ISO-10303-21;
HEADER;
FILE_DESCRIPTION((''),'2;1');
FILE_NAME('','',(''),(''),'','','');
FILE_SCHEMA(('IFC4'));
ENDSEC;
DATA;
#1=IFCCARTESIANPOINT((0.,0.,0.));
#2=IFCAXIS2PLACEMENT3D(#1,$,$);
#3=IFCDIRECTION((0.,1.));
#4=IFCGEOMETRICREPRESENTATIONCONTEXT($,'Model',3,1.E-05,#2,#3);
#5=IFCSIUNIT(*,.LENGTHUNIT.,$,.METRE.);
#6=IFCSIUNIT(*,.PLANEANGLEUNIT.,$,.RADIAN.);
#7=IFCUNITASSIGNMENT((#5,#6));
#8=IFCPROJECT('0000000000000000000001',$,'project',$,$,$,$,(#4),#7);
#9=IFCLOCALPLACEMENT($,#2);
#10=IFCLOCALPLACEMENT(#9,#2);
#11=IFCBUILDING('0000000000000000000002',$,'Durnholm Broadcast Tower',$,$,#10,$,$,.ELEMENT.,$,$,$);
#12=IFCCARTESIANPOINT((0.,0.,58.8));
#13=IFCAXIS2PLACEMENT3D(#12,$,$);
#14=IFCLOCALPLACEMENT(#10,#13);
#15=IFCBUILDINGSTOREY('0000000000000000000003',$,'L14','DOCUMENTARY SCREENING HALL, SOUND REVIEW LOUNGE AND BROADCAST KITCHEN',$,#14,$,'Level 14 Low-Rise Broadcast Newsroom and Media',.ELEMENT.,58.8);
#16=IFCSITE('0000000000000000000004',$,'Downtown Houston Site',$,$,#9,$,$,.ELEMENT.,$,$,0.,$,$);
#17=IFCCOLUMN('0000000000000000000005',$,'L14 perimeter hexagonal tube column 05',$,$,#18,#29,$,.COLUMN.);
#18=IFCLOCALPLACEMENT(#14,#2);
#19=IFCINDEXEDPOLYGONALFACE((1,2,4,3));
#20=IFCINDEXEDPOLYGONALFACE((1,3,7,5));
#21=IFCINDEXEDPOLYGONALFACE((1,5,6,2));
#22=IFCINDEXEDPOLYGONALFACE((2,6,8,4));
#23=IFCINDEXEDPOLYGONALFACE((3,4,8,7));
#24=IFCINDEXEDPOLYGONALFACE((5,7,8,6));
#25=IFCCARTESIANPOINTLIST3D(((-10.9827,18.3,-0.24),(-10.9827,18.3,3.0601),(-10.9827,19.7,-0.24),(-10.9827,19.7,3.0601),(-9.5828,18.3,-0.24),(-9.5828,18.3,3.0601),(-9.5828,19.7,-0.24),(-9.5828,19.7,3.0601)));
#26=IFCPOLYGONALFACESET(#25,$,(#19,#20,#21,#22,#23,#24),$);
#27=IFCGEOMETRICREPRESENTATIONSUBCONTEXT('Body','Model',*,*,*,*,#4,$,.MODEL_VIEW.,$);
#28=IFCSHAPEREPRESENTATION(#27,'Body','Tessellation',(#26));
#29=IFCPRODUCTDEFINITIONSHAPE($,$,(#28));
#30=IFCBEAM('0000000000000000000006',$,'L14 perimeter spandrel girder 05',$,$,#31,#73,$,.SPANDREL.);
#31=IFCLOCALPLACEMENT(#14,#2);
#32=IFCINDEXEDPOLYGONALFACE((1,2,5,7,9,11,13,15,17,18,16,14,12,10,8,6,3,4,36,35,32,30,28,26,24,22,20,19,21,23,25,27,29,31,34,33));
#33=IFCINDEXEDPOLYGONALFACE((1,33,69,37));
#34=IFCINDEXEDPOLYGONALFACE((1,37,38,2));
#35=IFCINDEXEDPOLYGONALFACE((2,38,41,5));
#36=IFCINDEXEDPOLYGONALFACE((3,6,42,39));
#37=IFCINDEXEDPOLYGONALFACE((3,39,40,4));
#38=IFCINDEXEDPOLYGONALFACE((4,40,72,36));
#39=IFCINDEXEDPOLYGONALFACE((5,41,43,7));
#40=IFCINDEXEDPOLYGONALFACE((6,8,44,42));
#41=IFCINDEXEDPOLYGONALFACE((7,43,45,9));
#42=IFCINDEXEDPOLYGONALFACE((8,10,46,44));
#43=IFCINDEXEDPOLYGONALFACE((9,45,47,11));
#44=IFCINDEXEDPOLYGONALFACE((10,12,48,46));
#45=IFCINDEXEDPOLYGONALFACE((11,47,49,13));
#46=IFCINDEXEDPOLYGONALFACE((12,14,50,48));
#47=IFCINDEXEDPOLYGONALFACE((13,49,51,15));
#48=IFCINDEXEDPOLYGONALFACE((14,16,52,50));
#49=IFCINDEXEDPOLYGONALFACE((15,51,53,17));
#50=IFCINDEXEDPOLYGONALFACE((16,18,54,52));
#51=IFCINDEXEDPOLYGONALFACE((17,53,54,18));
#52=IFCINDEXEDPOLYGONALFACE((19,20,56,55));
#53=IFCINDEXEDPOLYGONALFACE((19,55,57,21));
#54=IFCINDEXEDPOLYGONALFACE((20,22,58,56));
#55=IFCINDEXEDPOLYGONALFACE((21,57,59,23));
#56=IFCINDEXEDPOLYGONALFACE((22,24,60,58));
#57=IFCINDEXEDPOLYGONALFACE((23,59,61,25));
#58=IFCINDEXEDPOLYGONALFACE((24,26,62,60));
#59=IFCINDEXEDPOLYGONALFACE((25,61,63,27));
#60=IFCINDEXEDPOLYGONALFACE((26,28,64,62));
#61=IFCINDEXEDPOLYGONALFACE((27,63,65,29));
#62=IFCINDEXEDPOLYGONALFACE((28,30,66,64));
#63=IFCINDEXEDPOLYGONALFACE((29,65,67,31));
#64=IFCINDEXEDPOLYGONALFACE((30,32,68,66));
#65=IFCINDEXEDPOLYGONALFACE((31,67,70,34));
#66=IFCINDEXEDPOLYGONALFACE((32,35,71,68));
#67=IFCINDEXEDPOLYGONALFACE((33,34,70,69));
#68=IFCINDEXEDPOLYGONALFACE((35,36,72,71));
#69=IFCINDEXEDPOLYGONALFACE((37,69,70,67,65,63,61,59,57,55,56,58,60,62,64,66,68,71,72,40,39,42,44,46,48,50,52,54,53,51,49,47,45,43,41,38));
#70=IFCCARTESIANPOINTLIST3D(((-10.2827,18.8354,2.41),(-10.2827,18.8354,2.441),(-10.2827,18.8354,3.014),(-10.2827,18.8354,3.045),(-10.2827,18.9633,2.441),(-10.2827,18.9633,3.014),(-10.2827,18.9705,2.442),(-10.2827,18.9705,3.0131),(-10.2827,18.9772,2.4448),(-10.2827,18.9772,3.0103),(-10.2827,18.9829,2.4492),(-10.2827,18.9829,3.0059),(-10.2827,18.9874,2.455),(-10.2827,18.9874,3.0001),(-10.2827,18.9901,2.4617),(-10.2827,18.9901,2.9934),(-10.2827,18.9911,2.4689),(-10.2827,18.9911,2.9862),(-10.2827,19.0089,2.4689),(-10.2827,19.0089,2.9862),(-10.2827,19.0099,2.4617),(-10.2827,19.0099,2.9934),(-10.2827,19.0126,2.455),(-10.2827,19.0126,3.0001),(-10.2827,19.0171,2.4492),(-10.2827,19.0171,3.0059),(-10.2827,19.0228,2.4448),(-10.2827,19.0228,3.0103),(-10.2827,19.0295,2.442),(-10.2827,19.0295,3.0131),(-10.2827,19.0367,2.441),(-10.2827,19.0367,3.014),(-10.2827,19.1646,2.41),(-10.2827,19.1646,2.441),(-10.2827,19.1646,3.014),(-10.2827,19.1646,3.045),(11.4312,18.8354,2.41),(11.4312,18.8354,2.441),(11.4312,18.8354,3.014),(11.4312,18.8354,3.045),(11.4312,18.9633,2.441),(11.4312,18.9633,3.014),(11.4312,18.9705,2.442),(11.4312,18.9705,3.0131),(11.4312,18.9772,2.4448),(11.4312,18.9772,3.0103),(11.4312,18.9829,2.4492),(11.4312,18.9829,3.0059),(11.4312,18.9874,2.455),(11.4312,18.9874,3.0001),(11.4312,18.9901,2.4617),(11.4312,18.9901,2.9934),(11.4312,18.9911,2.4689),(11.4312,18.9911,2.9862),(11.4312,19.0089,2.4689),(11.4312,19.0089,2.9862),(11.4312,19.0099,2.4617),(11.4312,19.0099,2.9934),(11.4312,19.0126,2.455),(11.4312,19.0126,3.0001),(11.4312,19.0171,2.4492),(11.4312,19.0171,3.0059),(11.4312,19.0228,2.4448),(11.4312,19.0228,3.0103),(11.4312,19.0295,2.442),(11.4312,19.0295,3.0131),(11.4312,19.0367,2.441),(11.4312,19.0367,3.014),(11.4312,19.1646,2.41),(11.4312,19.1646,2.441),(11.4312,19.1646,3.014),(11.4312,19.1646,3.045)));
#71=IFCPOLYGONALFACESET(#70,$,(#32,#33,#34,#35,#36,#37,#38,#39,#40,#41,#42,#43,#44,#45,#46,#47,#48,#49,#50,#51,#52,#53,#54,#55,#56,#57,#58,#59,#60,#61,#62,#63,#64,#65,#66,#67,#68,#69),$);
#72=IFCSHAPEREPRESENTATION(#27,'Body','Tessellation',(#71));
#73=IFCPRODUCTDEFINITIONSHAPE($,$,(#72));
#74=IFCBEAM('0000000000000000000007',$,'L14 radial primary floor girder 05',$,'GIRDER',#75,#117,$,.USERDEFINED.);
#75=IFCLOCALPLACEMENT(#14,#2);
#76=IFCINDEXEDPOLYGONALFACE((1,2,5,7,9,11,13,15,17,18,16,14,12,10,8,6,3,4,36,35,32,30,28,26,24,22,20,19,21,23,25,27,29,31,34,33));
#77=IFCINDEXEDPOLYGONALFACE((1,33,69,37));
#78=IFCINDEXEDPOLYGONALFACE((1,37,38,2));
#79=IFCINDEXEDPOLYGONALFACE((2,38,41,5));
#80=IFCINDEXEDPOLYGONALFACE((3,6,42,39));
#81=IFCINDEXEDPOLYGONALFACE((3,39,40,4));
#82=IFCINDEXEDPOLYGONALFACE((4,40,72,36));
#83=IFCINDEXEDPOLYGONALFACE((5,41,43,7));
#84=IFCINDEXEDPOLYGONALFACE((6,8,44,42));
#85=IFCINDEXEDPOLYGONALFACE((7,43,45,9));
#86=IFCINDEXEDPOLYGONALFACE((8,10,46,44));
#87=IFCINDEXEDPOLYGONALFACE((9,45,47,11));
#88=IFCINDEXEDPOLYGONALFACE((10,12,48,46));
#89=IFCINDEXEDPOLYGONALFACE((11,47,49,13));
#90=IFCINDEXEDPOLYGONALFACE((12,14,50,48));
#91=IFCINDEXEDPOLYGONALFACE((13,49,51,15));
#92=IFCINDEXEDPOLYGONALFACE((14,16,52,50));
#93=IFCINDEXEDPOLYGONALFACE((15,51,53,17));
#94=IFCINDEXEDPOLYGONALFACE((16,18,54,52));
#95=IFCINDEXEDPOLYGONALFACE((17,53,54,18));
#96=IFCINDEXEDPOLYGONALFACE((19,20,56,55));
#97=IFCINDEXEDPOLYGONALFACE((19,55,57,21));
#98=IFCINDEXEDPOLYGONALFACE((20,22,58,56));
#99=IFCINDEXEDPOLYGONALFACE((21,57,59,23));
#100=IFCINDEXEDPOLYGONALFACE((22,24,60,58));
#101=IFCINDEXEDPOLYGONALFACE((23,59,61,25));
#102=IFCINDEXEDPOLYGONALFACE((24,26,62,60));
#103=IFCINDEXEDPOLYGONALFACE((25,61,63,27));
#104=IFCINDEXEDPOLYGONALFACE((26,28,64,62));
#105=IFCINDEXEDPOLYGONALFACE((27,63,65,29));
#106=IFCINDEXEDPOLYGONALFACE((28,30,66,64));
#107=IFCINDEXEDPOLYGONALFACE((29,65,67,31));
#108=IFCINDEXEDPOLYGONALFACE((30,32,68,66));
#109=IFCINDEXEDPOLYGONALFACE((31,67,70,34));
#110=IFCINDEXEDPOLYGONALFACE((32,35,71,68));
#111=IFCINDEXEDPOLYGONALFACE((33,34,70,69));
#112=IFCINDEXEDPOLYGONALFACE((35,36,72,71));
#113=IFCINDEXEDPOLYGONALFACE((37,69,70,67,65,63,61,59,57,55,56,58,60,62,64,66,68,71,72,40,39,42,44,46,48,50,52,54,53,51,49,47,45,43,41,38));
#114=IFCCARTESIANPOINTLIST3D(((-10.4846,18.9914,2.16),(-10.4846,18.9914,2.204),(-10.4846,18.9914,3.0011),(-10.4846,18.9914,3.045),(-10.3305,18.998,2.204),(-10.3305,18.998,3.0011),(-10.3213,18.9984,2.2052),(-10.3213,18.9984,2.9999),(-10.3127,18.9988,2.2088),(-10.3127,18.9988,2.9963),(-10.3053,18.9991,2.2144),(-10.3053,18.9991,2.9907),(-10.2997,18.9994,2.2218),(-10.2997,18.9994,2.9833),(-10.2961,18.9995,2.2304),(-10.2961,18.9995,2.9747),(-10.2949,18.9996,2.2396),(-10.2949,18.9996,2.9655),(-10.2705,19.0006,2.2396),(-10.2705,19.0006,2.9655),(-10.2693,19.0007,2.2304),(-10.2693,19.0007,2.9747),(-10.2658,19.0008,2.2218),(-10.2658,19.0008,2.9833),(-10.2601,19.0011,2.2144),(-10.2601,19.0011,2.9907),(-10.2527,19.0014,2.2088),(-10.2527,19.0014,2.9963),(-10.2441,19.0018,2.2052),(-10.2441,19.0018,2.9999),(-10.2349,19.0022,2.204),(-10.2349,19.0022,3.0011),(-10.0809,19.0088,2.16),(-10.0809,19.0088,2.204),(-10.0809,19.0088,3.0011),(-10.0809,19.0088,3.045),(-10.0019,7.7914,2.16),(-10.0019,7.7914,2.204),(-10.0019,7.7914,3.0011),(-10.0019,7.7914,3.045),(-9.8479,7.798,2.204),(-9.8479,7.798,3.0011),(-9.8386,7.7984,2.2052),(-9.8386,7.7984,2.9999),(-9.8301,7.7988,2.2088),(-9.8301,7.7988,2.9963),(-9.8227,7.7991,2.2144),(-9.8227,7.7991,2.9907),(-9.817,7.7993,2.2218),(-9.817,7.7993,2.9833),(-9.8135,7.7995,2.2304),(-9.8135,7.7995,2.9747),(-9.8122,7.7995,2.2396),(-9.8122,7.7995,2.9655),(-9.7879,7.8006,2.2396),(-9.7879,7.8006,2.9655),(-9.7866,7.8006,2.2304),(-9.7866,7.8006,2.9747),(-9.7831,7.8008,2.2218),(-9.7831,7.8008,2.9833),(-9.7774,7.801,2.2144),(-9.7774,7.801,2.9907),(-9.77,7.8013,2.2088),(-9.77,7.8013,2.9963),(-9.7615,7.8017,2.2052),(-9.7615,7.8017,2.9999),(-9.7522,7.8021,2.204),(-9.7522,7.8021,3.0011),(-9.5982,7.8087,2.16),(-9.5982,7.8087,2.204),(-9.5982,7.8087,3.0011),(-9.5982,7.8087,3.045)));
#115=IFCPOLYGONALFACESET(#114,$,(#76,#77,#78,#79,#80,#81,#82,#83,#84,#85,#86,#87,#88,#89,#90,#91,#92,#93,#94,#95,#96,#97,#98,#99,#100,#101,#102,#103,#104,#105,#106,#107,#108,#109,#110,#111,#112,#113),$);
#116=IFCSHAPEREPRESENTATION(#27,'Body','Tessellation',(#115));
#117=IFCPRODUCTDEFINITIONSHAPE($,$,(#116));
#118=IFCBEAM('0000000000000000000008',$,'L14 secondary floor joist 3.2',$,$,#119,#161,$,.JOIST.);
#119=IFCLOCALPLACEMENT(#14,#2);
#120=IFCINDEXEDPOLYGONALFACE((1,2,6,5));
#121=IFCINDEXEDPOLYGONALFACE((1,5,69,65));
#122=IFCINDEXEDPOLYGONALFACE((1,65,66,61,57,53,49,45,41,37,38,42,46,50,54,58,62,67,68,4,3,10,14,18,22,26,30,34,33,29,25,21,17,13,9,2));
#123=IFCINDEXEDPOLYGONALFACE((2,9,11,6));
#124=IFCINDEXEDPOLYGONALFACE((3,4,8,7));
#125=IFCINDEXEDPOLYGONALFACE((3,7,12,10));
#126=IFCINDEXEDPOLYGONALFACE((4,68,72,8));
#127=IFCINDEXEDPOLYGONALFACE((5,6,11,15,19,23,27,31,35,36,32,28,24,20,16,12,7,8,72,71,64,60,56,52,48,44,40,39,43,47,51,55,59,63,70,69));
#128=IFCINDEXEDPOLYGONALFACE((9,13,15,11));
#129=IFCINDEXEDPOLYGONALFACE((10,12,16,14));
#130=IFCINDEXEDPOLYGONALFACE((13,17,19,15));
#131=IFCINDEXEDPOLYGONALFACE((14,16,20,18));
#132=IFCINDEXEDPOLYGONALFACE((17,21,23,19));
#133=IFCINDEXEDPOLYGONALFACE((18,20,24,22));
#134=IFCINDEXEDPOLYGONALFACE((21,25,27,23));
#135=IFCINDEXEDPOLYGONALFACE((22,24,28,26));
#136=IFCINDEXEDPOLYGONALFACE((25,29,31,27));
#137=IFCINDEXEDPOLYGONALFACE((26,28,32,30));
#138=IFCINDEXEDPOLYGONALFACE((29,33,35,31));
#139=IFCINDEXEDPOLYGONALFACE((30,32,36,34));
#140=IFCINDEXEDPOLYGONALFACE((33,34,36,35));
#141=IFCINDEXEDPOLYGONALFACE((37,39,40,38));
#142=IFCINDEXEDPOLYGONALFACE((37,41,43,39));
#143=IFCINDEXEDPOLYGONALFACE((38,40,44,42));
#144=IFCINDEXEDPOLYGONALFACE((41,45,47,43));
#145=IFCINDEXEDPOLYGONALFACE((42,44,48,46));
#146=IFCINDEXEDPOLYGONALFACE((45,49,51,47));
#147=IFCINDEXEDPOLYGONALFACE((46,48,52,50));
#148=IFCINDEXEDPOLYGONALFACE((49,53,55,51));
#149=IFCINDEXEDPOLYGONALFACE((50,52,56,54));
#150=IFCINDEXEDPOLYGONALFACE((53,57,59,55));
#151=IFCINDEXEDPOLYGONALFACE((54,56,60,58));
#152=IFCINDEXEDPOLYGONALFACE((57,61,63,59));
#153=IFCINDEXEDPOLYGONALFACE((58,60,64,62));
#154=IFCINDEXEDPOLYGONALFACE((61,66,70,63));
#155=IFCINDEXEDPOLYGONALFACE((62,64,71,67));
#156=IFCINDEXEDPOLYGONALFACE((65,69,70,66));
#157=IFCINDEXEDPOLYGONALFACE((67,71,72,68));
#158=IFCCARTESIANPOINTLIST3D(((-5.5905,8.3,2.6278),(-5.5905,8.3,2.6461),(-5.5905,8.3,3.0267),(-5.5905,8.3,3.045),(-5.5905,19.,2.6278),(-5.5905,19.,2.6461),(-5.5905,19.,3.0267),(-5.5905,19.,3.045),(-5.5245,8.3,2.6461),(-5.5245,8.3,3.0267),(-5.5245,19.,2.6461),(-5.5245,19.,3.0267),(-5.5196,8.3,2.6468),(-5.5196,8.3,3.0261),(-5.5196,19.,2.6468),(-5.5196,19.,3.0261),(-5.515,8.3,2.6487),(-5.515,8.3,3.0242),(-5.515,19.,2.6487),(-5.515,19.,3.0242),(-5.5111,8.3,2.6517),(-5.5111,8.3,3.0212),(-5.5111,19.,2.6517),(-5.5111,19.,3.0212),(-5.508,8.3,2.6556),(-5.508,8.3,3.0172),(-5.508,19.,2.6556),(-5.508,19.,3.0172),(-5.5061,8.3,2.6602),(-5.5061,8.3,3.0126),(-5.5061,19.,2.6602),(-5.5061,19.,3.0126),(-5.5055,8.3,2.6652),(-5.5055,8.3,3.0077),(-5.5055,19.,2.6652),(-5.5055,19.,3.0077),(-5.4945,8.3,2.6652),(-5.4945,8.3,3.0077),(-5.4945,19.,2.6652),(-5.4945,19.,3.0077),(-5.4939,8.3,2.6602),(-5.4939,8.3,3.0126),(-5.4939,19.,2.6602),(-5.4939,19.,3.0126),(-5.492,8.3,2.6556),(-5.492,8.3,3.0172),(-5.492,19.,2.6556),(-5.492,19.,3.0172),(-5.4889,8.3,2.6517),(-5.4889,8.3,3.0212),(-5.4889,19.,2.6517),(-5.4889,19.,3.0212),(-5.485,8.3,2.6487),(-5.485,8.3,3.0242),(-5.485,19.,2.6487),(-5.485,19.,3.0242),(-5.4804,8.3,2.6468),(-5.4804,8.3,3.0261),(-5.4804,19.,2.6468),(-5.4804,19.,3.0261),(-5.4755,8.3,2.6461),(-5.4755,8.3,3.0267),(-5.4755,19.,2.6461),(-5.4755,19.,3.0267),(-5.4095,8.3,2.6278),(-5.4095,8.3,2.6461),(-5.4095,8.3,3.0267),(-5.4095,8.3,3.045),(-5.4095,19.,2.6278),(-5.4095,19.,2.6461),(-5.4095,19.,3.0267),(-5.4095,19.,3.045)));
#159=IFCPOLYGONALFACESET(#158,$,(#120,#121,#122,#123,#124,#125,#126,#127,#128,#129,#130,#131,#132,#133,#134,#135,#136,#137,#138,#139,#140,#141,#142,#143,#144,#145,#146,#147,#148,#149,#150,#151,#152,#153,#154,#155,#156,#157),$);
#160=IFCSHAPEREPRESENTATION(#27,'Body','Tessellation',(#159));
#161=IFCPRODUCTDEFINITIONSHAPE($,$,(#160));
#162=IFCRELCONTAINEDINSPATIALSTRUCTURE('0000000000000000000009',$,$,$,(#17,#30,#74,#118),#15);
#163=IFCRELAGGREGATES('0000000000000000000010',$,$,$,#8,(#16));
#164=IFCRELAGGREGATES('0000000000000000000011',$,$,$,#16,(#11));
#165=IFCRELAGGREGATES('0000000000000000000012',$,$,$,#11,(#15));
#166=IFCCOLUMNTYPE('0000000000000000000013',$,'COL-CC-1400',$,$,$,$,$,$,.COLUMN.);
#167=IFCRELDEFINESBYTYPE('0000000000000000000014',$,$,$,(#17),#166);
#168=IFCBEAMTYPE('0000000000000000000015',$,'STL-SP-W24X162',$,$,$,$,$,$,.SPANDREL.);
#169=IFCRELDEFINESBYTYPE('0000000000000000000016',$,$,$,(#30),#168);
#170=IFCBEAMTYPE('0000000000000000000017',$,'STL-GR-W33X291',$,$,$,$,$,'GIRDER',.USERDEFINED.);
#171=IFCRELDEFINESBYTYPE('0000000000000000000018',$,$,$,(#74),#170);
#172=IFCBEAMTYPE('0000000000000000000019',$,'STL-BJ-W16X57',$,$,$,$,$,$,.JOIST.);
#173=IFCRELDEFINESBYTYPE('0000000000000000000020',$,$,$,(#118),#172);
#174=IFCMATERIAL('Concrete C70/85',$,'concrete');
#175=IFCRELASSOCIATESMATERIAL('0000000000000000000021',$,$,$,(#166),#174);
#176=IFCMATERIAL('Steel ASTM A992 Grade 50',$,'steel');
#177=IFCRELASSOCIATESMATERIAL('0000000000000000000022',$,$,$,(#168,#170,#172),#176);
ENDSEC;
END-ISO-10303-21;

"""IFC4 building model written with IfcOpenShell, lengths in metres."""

from ifc_helpers import new_model, si_unit, direction, frame, origin, origin_2d, place, context, subcontext, project, spatial, rectangle, i_section, extrude, source, transform, mapped, material, material_profile, profile_set, type_object, type_shapes, element, save


model = new_model("IFC4")

# Units and contexts
model_context = context("Model", 3, precision=1e-05, world=origin(), true_north=direction((0.0, 1.0)))
body_context = subcontext(model_context, "Body", "Model", "MODEL_VIEW")
ifc_project = project(units=[si_unit("LENGTHUNIT", "METRE"), si_unit("PLANEANGLEUNIT", "RADIAN")], contexts=[model_context])

# Site, building, storey
site_placement = place(None, origin())
site = spatial("IfcSite", under=ifc_project, at=site_placement, Name="Downtown Houston Site", CompositionType="ELEMENT", RefElevation=0.0)
building_placement = place(site_placement, origin())
building = spatial("IfcBuilding", under=site, at=building_placement, Name="Durnholm Broadcast Tower", CompositionType="ELEMENT")
storey_placement = place(building_placement, frame((0.0, 0.0, 58.8)))
storey = spatial("IfcBuildingStorey", under=building, at=storey_placement, Name="L14", Description="DOCUMENTARY SCREENING HALL, SOUND REVIEW LOUNGE AND BROADCAST KITCHEN", LongName="Level 14 Low-Rise Broadcast Newsroom and Media", CompositionType="ELEMENT", Elevation=58.8)

# Column
ifc_material_1 = material(Name="Concrete C70/85", Category="concrete")
ifc_material_profile_1 = material_profile(ifc_material_1, rectangle(XDim=1.3999, YDim=1.3999, at=origin_2d()), Name="RC1400X1400")
ifc_profile_set_1 = profile_set([ifc_material_profile_1], Name="Concrete C70/85")
column_type = type_object("IfcColumnType", Name="COL-CC-1400", PredefinedType="COLUMN", material=ifc_profile_set_1)
shared_shape_1 = source(origin(), body_context, "Body", "SweptSolid", [
    extrude(rectangle(XDim=1.3999, YDim=1.3999, at=origin_2d()), origin(), (0.0, 0.0, 1.0), 3.3),
])
type_shapes(column_type, [shared_shape_1])
column_placement = place(storey_placement, frame((-10.2827, 19.0, -0.24), z_axis=(0.0, 0.0, 1.0), x_axis=(1.0, 0.0, 0.0)))
element("IfcColumn", 1, at=column_placement, inside=storey, type_object=column_type, Name="L14 perimeter hexagonal tube column 05", PredefinedType="COLUMN", context=body_context, shape_type="MappedRepresentation", body=[
    mapped(shared_shape_1, transform((0.0, 0.0, 0.0), x_axis=(1.0, 0.0, 0.0), y_axis=(0.0, 1.0, 0.0), z_axis=(0.0, 0.0, 1.0), scale=1.0)),
])

# Beams
ifc_material_2 = material(Name="Steel ASTM A992 Grade 50", Category="steel")
ifc_material_profile_2 = material_profile(ifc_material_2, i_section(OverallWidth=0.3291, OverallDepth=0.635, WebThickness=0.0178, FlangeThickness=0.031, FilletRadius=0.0278, at=origin_2d()), Name="W24X162")
ifc_profile_set_2 = profile_set([ifc_material_profile_2], Name="Steel ASTM A992 Grade 50")
beam_type_1 = type_object("IfcBeamType", Name="STL-SP-W24X162", PredefinedType="SPANDREL", material=ifc_profile_set_2)
shared_shape_2 = source(origin(), body_context, "Body", "SweptSolid", [
    extrude(i_section(OverallWidth=0.3291, OverallDepth=0.635, WebThickness=0.0178, FlangeThickness=0.031, FilletRadius=0.0278, at=origin_2d()), origin(), (0.0, 0.0, 1.0), 21.7139),
])
type_shapes(beam_type_1, [shared_shape_2])
beam_1_placement = place(storey_placement, frame((-10.2827, 19.0, 2.7275), z_axis=(1.0, 0.0, 0.0), x_axis=(0.0, 1.0, 0.0)))
element("IfcBeam", 2, at=beam_1_placement, inside=storey, type_object=beam_type_1, Name="L14 perimeter spandrel girder 05", PredefinedType="SPANDREL", context=body_context, shape_type="MappedRepresentation", body=[
    mapped(shared_shape_2, transform((0.0, 0.0, 0.0), x_axis=(1.0, 0.0, 0.0), y_axis=(0.0, 1.0, 0.0), z_axis=(0.0, 0.0, 1.0), scale=1.0)),
])
ifc_material_profile_3 = material_profile(ifc_material_2, i_section(OverallWidth=0.4041, OverallDepth=0.885, WebThickness=0.0244, FlangeThickness=0.0439, FilletRadius=0.0356, at=origin_2d()), Name="W33X291")
ifc_profile_set_3 = profile_set([ifc_material_profile_3], Name="Steel ASTM A992 Grade 50")
beam_type_2 = type_object("IfcBeamType", Name="STL-GR-W33X291", ElementType="GIRDER", PredefinedType="USERDEFINED", material=ifc_profile_set_3)
shared_shape_3 = source(origin(), body_context, "Body", "SweptSolid", [
    extrude(i_section(OverallWidth=0.4041, OverallDepth=0.885, WebThickness=0.0244, FlangeThickness=0.0439, FilletRadius=0.0356, at=origin_2d()), origin(), (0.0, 0.0, 1.0), 11.2104),
])
type_shapes(beam_type_2, [shared_shape_3])
beam_2_placement = place(storey_placement, frame((-9.8, 7.8, 2.6025), z_axis=(-0.043055, 0.999073, 0.0), x_axis=(-0.999073, -0.043055, 0.0)))
element("IfcBeam", 3, at=beam_2_placement, inside=storey, type_object=beam_type_2, Name="L14 radial primary floor girder 05", ObjectType="GIRDER", PredefinedType="USERDEFINED", context=body_context, shape_type="MappedRepresentation", body=[
    mapped(shared_shape_3, transform((0.0, 0.0, 0.0), x_axis=(1.0, 0.0, 0.0), y_axis=(0.0, 1.0, 0.0), z_axis=(0.0, 0.0, 1.0), scale=1.0)),
])
ifc_material_profile_4 = material_profile(ifc_material_2, i_section(OverallWidth=0.1809, OverallDepth=0.4172, WebThickness=0.011, FlangeThickness=0.0183, FilletRadius=0.019, at=origin_2d()), Name="W16X57")
ifc_profile_set_4 = profile_set([ifc_material_profile_4], Name="Steel ASTM A992 Grade 50")
beam_type_3 = type_object("IfcBeamType", Name="STL-BJ-W16X57", PredefinedType="JOIST", material=ifc_profile_set_4)
shared_shape_4 = source(origin(), body_context, "Body", "SweptSolid", [
    extrude(i_section(OverallWidth=0.1809, OverallDepth=0.4172, WebThickness=0.011, FlangeThickness=0.0183, FilletRadius=0.019, at=origin_2d()), origin(), (0.0, 0.0, 1.0), 10.7),
])
type_shapes(beam_type_3, [shared_shape_4])
beam_3_placement = place(storey_placement, frame((-5.5, 8.3, 2.8364), z_axis=(0.0, 1.0, 0.0), x_axis=(-1.0, 0.0, 0.0)))
element("IfcBeam", 4, at=beam_3_placement, inside=storey, type_object=beam_type_3, Name="L14 secondary floor joist 3.2", PredefinedType="JOIST", context=body_context, shape_type="MappedRepresentation", body=[
    mapped(shared_shape_4, transform((0.0, 0.0, 0.0), x_axis=(1.0, 0.0, 0.0), y_axis=(0.0, 1.0, 0.0), z_axis=(0.0, 0.0, 1.0), scale=1.0)),
])

save(model, "model.ifc")
